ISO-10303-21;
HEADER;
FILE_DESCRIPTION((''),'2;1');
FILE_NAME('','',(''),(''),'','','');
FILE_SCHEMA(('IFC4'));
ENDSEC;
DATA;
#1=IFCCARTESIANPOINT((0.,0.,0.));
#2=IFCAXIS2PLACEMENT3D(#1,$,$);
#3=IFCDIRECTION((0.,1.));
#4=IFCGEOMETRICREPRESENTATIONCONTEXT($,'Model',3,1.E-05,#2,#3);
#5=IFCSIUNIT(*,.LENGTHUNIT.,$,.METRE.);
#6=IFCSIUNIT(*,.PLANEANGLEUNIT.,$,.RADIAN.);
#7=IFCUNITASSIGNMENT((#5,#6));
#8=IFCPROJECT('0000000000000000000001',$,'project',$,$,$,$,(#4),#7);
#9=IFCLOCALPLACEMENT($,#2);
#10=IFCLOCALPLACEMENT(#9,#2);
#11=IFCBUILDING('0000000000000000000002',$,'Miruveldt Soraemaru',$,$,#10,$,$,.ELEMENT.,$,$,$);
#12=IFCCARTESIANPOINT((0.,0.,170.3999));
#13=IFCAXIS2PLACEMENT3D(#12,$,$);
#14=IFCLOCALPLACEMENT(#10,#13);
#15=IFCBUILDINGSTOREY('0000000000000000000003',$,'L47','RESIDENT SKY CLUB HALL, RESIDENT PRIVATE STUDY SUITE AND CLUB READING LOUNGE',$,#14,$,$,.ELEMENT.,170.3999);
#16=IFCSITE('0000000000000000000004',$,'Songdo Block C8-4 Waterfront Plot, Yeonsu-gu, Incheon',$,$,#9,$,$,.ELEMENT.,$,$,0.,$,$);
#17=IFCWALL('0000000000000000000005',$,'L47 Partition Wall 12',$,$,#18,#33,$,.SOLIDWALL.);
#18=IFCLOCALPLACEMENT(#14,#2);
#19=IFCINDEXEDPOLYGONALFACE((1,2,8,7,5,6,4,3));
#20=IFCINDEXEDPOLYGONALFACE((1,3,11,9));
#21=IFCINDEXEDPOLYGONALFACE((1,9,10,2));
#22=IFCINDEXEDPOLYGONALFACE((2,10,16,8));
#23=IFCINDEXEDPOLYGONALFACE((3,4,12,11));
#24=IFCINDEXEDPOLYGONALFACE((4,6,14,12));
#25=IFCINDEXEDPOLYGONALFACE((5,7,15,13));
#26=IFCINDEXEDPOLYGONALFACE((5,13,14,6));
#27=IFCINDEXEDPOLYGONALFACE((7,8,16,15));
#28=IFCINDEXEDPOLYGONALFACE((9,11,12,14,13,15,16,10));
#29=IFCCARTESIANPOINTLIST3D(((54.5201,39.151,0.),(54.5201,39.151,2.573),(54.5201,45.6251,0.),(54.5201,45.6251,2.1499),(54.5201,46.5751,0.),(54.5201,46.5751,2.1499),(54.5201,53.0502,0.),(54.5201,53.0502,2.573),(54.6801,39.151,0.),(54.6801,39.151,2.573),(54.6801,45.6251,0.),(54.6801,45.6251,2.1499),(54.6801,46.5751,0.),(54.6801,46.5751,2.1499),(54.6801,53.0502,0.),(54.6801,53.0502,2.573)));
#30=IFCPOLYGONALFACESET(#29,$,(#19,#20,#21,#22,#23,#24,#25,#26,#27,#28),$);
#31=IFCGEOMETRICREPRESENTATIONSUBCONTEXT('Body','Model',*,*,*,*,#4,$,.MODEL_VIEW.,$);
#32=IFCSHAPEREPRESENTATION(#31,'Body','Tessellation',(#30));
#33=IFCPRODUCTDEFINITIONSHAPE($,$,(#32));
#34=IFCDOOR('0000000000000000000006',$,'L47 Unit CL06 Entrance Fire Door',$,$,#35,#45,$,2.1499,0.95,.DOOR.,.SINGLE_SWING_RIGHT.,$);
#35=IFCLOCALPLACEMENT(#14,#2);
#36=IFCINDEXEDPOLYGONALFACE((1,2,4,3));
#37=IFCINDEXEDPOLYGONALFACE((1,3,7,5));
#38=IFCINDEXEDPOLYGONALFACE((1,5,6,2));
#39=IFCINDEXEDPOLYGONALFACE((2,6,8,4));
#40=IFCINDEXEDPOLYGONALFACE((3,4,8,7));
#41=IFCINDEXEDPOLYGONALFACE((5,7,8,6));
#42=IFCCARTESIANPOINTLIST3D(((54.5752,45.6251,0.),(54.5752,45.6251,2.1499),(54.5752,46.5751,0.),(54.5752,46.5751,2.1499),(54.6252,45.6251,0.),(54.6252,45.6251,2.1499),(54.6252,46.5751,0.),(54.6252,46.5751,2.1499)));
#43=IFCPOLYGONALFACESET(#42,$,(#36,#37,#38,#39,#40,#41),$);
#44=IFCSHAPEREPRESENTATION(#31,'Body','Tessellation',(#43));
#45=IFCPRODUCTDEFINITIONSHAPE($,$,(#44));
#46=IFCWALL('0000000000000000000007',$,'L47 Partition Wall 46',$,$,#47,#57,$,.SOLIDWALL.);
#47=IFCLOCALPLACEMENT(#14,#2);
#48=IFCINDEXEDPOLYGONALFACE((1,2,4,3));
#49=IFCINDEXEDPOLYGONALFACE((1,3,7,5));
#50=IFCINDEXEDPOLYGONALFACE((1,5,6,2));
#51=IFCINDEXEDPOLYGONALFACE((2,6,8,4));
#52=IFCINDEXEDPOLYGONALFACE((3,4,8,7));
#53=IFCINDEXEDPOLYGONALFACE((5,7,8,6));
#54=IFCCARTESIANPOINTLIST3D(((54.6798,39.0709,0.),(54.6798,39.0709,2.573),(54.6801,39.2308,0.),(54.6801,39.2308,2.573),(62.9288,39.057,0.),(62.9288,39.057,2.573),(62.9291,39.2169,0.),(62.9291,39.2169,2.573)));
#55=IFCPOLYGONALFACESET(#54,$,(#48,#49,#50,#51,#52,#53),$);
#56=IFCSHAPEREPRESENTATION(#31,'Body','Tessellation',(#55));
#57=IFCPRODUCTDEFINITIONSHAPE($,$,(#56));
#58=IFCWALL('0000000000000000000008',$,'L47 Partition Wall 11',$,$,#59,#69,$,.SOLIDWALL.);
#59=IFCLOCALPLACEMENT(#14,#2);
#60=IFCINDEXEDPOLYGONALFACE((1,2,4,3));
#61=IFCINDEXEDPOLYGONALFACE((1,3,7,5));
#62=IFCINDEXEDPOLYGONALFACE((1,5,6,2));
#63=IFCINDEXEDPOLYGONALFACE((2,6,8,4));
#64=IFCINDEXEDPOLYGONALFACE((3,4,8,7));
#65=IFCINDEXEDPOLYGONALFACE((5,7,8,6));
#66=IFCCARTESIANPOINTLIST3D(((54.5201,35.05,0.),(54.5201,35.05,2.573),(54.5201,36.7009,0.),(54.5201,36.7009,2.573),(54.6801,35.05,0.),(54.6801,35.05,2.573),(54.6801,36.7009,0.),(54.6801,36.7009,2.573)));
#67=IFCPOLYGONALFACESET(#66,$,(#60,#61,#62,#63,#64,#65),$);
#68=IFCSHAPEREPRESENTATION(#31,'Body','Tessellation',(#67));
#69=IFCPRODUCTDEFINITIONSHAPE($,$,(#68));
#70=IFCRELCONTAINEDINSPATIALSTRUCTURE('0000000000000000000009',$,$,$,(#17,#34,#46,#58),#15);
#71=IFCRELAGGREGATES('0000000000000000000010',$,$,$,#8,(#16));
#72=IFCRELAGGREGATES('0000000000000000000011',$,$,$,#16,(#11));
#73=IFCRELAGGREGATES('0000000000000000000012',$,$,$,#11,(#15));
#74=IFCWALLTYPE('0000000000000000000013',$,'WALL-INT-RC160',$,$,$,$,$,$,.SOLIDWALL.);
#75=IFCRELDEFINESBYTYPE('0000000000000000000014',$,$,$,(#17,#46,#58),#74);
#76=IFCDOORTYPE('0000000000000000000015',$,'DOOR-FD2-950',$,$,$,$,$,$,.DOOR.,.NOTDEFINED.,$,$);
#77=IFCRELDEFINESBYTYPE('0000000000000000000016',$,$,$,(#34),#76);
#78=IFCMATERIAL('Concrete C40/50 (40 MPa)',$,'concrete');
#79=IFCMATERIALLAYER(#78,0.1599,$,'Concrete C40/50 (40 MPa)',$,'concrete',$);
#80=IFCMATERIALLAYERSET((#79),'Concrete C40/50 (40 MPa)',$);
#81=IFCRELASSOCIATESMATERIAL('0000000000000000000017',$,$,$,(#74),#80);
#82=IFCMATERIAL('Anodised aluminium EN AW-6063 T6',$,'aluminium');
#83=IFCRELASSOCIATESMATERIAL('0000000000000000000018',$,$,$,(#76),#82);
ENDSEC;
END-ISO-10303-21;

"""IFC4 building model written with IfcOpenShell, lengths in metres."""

from ifc_helpers import new_model, si_unit, direction, frame, frame_2d, origin, place, context, subcontext, project, spatial, rectangle, extrude, material, layer, layer_set, type_object, element, fill, save


model = new_model("IFC4")

# Units and contexts
model_context = context("Model", 3, precision=1e-05, world=origin(), true_north=direction((0.0, 1.0)))
body_context = subcontext(model_context, "Body", "Model", "MODEL_VIEW")
ifc_project = project(units=[si_unit("LENGTHUNIT", "METRE"), si_unit("PLANEANGLEUNIT", "RADIAN")], contexts=[model_context])

# Site, building, storey
site_placement = place(None, origin())
site = spatial("IfcSite", under=ifc_project, at=site_placement, Name="Songdo Block C8-4 Waterfront Plot, Yeonsu-gu, Incheon", CompositionType="ELEMENT", RefElevation=0.0)
building_placement = place(site_placement, origin())
building = spatial("IfcBuilding", under=site, at=building_placement, Name="Miruveldt Soraemaru", CompositionType="ELEMENT")
storey_placement = place(building_placement, frame((0.0, 0.0, 170.3999)))
storey = spatial("IfcBuildingStorey", under=building, at=storey_placement, Name="L47", Description="RESIDENT SKY CLUB HALL, RESIDENT PRIVATE STUDY SUITE AND CLUB READING LOUNGE", CompositionType="ELEMENT", Elevation=170.3999)

# Shared definitions
ifc_material_1 = material(Name="Anodised aluminium EN AW-6063 T6", Category="aluminium")

# Wall, opening, door
ifc_material_2 = material(Name="Concrete C40/50 (40 MPa)", Category="concrete")
ifc_layer_1 = layer(ifc_material_2, 0.1599, Name="Concrete C40/50 (40 MPa)", Category="concrete")
ifc_layer_set_1 = layer_set([ifc_layer_1], Name="Concrete C40/50 (40 MPa)")
wall_type_1 = type_object("IfcWallType", Name="WALL-INT-RC160", PredefinedType="SOLIDWALL", material=ifc_layer_set_1)
wall_1_placement = place(storey_placement, frame((54.6001, 39.1509, 0.0), z_axis=(0.0, 0.0, 1.0), x_axis=(0.0, 1.0, 0.0)))
wall_1 = element("IfcWall", 1, at=wall_1_placement, inside=storey, type_object=wall_type_1, Name="L47 Partition Wall 12", PredefinedType="SOLIDWALL", context=body_context, shape_type="SweptSolid", body=[
    extrude(rectangle(XDim=13.8992, YDim=0.1599, at=frame_2d((6.9497, 0.0))), origin(), (0.0, 0.0, 1.0), 2.573),
])
opening_1_placement = place(wall_1_placement, frame((6.4741, 0.0, 0.0)))
opening_1 = element("IfcOpeningElement", 2, at=opening_1_placement, cuts=wall_1, PredefinedType="OPENING", context=body_context, shape_type="SweptSolid", body=[
    extrude(rectangle(XDim=0.95, YDim=2.1499, at=frame_2d((0.4751, 1.075))), frame((0.0, 0.0898, 0.0), z_axis=(0.0, -1.0, 0.0), x_axis=(1.0, 0.0, 0.0)), (0.0, 0.0, 1.0), 0.1799),
])
door_type_1 = type_object("IfcDoorType", Name="DOOR-FD2-950", OperationType="NOTDEFINED", PredefinedType="DOOR", material=ifc_material_1)
door_1_placement = place(opening_1_placement, origin())
door_1 = element("IfcDoor", 3, at=door_1_placement, inside=storey, type_object=door_type_1, Name="L47 Unit CL06 Entrance Fire Door", OperationType="SINGLE_SWING_RIGHT", OverallHeight=2.1499, OverallWidth=0.95, PredefinedType="DOOR", context=body_context, shape_type="SweptSolid", body=[
    extrude(rectangle(XDim=0.95, YDim=2.1499, at=frame_2d((0.4751, 1.075))), frame((0.0, 0.0249, 0.0), z_axis=(0.0, -1.0, 0.0), x_axis=(1.0, 0.0, 0.0)), (0.0, 0.0, 1.0), 0.05),
])
fill(opening_1, door_1)

# Walls
wall_2_placement = place(storey_placement, frame((62.929, 39.137, 0.0), z_axis=(0.0, 0.0, 1.0), x_axis=(-0.999999, 0.001687, 0.0)))
element("IfcWall", 4, at=wall_2_placement, inside=storey, type_object=wall_type_1, Name="L47 Partition Wall 46", PredefinedType="SOLIDWALL", context=body_context, shape_type="SweptSolid", body=[
    extrude(rectangle(XDim=8.249, YDim=0.1599, at=frame_2d((4.1245, 0.0))), origin(), (0.0, 0.0, 1.0), 2.573),
])
wall_3_placement = place(storey_placement, frame((54.6001, 35.05, 0.0), z_axis=(0.0, 0.0, 1.0), x_axis=(0.0, 1.0, 0.0)))
element("IfcWall", 5, at=wall_3_placement, inside=storey, type_object=wall_type_1, Name="L47 Partition Wall 11", PredefinedType="SOLIDWALL", context=body_context, shape_type="SweptSolid", body=[
    extrude(rectangle(XDim=1.6509, YDim=0.1599, at=frame_2d((0.8254, 0.0))), origin(), (0.0, 0.0, 1.0), 2.573),
])

save(model, "model.ifc")
